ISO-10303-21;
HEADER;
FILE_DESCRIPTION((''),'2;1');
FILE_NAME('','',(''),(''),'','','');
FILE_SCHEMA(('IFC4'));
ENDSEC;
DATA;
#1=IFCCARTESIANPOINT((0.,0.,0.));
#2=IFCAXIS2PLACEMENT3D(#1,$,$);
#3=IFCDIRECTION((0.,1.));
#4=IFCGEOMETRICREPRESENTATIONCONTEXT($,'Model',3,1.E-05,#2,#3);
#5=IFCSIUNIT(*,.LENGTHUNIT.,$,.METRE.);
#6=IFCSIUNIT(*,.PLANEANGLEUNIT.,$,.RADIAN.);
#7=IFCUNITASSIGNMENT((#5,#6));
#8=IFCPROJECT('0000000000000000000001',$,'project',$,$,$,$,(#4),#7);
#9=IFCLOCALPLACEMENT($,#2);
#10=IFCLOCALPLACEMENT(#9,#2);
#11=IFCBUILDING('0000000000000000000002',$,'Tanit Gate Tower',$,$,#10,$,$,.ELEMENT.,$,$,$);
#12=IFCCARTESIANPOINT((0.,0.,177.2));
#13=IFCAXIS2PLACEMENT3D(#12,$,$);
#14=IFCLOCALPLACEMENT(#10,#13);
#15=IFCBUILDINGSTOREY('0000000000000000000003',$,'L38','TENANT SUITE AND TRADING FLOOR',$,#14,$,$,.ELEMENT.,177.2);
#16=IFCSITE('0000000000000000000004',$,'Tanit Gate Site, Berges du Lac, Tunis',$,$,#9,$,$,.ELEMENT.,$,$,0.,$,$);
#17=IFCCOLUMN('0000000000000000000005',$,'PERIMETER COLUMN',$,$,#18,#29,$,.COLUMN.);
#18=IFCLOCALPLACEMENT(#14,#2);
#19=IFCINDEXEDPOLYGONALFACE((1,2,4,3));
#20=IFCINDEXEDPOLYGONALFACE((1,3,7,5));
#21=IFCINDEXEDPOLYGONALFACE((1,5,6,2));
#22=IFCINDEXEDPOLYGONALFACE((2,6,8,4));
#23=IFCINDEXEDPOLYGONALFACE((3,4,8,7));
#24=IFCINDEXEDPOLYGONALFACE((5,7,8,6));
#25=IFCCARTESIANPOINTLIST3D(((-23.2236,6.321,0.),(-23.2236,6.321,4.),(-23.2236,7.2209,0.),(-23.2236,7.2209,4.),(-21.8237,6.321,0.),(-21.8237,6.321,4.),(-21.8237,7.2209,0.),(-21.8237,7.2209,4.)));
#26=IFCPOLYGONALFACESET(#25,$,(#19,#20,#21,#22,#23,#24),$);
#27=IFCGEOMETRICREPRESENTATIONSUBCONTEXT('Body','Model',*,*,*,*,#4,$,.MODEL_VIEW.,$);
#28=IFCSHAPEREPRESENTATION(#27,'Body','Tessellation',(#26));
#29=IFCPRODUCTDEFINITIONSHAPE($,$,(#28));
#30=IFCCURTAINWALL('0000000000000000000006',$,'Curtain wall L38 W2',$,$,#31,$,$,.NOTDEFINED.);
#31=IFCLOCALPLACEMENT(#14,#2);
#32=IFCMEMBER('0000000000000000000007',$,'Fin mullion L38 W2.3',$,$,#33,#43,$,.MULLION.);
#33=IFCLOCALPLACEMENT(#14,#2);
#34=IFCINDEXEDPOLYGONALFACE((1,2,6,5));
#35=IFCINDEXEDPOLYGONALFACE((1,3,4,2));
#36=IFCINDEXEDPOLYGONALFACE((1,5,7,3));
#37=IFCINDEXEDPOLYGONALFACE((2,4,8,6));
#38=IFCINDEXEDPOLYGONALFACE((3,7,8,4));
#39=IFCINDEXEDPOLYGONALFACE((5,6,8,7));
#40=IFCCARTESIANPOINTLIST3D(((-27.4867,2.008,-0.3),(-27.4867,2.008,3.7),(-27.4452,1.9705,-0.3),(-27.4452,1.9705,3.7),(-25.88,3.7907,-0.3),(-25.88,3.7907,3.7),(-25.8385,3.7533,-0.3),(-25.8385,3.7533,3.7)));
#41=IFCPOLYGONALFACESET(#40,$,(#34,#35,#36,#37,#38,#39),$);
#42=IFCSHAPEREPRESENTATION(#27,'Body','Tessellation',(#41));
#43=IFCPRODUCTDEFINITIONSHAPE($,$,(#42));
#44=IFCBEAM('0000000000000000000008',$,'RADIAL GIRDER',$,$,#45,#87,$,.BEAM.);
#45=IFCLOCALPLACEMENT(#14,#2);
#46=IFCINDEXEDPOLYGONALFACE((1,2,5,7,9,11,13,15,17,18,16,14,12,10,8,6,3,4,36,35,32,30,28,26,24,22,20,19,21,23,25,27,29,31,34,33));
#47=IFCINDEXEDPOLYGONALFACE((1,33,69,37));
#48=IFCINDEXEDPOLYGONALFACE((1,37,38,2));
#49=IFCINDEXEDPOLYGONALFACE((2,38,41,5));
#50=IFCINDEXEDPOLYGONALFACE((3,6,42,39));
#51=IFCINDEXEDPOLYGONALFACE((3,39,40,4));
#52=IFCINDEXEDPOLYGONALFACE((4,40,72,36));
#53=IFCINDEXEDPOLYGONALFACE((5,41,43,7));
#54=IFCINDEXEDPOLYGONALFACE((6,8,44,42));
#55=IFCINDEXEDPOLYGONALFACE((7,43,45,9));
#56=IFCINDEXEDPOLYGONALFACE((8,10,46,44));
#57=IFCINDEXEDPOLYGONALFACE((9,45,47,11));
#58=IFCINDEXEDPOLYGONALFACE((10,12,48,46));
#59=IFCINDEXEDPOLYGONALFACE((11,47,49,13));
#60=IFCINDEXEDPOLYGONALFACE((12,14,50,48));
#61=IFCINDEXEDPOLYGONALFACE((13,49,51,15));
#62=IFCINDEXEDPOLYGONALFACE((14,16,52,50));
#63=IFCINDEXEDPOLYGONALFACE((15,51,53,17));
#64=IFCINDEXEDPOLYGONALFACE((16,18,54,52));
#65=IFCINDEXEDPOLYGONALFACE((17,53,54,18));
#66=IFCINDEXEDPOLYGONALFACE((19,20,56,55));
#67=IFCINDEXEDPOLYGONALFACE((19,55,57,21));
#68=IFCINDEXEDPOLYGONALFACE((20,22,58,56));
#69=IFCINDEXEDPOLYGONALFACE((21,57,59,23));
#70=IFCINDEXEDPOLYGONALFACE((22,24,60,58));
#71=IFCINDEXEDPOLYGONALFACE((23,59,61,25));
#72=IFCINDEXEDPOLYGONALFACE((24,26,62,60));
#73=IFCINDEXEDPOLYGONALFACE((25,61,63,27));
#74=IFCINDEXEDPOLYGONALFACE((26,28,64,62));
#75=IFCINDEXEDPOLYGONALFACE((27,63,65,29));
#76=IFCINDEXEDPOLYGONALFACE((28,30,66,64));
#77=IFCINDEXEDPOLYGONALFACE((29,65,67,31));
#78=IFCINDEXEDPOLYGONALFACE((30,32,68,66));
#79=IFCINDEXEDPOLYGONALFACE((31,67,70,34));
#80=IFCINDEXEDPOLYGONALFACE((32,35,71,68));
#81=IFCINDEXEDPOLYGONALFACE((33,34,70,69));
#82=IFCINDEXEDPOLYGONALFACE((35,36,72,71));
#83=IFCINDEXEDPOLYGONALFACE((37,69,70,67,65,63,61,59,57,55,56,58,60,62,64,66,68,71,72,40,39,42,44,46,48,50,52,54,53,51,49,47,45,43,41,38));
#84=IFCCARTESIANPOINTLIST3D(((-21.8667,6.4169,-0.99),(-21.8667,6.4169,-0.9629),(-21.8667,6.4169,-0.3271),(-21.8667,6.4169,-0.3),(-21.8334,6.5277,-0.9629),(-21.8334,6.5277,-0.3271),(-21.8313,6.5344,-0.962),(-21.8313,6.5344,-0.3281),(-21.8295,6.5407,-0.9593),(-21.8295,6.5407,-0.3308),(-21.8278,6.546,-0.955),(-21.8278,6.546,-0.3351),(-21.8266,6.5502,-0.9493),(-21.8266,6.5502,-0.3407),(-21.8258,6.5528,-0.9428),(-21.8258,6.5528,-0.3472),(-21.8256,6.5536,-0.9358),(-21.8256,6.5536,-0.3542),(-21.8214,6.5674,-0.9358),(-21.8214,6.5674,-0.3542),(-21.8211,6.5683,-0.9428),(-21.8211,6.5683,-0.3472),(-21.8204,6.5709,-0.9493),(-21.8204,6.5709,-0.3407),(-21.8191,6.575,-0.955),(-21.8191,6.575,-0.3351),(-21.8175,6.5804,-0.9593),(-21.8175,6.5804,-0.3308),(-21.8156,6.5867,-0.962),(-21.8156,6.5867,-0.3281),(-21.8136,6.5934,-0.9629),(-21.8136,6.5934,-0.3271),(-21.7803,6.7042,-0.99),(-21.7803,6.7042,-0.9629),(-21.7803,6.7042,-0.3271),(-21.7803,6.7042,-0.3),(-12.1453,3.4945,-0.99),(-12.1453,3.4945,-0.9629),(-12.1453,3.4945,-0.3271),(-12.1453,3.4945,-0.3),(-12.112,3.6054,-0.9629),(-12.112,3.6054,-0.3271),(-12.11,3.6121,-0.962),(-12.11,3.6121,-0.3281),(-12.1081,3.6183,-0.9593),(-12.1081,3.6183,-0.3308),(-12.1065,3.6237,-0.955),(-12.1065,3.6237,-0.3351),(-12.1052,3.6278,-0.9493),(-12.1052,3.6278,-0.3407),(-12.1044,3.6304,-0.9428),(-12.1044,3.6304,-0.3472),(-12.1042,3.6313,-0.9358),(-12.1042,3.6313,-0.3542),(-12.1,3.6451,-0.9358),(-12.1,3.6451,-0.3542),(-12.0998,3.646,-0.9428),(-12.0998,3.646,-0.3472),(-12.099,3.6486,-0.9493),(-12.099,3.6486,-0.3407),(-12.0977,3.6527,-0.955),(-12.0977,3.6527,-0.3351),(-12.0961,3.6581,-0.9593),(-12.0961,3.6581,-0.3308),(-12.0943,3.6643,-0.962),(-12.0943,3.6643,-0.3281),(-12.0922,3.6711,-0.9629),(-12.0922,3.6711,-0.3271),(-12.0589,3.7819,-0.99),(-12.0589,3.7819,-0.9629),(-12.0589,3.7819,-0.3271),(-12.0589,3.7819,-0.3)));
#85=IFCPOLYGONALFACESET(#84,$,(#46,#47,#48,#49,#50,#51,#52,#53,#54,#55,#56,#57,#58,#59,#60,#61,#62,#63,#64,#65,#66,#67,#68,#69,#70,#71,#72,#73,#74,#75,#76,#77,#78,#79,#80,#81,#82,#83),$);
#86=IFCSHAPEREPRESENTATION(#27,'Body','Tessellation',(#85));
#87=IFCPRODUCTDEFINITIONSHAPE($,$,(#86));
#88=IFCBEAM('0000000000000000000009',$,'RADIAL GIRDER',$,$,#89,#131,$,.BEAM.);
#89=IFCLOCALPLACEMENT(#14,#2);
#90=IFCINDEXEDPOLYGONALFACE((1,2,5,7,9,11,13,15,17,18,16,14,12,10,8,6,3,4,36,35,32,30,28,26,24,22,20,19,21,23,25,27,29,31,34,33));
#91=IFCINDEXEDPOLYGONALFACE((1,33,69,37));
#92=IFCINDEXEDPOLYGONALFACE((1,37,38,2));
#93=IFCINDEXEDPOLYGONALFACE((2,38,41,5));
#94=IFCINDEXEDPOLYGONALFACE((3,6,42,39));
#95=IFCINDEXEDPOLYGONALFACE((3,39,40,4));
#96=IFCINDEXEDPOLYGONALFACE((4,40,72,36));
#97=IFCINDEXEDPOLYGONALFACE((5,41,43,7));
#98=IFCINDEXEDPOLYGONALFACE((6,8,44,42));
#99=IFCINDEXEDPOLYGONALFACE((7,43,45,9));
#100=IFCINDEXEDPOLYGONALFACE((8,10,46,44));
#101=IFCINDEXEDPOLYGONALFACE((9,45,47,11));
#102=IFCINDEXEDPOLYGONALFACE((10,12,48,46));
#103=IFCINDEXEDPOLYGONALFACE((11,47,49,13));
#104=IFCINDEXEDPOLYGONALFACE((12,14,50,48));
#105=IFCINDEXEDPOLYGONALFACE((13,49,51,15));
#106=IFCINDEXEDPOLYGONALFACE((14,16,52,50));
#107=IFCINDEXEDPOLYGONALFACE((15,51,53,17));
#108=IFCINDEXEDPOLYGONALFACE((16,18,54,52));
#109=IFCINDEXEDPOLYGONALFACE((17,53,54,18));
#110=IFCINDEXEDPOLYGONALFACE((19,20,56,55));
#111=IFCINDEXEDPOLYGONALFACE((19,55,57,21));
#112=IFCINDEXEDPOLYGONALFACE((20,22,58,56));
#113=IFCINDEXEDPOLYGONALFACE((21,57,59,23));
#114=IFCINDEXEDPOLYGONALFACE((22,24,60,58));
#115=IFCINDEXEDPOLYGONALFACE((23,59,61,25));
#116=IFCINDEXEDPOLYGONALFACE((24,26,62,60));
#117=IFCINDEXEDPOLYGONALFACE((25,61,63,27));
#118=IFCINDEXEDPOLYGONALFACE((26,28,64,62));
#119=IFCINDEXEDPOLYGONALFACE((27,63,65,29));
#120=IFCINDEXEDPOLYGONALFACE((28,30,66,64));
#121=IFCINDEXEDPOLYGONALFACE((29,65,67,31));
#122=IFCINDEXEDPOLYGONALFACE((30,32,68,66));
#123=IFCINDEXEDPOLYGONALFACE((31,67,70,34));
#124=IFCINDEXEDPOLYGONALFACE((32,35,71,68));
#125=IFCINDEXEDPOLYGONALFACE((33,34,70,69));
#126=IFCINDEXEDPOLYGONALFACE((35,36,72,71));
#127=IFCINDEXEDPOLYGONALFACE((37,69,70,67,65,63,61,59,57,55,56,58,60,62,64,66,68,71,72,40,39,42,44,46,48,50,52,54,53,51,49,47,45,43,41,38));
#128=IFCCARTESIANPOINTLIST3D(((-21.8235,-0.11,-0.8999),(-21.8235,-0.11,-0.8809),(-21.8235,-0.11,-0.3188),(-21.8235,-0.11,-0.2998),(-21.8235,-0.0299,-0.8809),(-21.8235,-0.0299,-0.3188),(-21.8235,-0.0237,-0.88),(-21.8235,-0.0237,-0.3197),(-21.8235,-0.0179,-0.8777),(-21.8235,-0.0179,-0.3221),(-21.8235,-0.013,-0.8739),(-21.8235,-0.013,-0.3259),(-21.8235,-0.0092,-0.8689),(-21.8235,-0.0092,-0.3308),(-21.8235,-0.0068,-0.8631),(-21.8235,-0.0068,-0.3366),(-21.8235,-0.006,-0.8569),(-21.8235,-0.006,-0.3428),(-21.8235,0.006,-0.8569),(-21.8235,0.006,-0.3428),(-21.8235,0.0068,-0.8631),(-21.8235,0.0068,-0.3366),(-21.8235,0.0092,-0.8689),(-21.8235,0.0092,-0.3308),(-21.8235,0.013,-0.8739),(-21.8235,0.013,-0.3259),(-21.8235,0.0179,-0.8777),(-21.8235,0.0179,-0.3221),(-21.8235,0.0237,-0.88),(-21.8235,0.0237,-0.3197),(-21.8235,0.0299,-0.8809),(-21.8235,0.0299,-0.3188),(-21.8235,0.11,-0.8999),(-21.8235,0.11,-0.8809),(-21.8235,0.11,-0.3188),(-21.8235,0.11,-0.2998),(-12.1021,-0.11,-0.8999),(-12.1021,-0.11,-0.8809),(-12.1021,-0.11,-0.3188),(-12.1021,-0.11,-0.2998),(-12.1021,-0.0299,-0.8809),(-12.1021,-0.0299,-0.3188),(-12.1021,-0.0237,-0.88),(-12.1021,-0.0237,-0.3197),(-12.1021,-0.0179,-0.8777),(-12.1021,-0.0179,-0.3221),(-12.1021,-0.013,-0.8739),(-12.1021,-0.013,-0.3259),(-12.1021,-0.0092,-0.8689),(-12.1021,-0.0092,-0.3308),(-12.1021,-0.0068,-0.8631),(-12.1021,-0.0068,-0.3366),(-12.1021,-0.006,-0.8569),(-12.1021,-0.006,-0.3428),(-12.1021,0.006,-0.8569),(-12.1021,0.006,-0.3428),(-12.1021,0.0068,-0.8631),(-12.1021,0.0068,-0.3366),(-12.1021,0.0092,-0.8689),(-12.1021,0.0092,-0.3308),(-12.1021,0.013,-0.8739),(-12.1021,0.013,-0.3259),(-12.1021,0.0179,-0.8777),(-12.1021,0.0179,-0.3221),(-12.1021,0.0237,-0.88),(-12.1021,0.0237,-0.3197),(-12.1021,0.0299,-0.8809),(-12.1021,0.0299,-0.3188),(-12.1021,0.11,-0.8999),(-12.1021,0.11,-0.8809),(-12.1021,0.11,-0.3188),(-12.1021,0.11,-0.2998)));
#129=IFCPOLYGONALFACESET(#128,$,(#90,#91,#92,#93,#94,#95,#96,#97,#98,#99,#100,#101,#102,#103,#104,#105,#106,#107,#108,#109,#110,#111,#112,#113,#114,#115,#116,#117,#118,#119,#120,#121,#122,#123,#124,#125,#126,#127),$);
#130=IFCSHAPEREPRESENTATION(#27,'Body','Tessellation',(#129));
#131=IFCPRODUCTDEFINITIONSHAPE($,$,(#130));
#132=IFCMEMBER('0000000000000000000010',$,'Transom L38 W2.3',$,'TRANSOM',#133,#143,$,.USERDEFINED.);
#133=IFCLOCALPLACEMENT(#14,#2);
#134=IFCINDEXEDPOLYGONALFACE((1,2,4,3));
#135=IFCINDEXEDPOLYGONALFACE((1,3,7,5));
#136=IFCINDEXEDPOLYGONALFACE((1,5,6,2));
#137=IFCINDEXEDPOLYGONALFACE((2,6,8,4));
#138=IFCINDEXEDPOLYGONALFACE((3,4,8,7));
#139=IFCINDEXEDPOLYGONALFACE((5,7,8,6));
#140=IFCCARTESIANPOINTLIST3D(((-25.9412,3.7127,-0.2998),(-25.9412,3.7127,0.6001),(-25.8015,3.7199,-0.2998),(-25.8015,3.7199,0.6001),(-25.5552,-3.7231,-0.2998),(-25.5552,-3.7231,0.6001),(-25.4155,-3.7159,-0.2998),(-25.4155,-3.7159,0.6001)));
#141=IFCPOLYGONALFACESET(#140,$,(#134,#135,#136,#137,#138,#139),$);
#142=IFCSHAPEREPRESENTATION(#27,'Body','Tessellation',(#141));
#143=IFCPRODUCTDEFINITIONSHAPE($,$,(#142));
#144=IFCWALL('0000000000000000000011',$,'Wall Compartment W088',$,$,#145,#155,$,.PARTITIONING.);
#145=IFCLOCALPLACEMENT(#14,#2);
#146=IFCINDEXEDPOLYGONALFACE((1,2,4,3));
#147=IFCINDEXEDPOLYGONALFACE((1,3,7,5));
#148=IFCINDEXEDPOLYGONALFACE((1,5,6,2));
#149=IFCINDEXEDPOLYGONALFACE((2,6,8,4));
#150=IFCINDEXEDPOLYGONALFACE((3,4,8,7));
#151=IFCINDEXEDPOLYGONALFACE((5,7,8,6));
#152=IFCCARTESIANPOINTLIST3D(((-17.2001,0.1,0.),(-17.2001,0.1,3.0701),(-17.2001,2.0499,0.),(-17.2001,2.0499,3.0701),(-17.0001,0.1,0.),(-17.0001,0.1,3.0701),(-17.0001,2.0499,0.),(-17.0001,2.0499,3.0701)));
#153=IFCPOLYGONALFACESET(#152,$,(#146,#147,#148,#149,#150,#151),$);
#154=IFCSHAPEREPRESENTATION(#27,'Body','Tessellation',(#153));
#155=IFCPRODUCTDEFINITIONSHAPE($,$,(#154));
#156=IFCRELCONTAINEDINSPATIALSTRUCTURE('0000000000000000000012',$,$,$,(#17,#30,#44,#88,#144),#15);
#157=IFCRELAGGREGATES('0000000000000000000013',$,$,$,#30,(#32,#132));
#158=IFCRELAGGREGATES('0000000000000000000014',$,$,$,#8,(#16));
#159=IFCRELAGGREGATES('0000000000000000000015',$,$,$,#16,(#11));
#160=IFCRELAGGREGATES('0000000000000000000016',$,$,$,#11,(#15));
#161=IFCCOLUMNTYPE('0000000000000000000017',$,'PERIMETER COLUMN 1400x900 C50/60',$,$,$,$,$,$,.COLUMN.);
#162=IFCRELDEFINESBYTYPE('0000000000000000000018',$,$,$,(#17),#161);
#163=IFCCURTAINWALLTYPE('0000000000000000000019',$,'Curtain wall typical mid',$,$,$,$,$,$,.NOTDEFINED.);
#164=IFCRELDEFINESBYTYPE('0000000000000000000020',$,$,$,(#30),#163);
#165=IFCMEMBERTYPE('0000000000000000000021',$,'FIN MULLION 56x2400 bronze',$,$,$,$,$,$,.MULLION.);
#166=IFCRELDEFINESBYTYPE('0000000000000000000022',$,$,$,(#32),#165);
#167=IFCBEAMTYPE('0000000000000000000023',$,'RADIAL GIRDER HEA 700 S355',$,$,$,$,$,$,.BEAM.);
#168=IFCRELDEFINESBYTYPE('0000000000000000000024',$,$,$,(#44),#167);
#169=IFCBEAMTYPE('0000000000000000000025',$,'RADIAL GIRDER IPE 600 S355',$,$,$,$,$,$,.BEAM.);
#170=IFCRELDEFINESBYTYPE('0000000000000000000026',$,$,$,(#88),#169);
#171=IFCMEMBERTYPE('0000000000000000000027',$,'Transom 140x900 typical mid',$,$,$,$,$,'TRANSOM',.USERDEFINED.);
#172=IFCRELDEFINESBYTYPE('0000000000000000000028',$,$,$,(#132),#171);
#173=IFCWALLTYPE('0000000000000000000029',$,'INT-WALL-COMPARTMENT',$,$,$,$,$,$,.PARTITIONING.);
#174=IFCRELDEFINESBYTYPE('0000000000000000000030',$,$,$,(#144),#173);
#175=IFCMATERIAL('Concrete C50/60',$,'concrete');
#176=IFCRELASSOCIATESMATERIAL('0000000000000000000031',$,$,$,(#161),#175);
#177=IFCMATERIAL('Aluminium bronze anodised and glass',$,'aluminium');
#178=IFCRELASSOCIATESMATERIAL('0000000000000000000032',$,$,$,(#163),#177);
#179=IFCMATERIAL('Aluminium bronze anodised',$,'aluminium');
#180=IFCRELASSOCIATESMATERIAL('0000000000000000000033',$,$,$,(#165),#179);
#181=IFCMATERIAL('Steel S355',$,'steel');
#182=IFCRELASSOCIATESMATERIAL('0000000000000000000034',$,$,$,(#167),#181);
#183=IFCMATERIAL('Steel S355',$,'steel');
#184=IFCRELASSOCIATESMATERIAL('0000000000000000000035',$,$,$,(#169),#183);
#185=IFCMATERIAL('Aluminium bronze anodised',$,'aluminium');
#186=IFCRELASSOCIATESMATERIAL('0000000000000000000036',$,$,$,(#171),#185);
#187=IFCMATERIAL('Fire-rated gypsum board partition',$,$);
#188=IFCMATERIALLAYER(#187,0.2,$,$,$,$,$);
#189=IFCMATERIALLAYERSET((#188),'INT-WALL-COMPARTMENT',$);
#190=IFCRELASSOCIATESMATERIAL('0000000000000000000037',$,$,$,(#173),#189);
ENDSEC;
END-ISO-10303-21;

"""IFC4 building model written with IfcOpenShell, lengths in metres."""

from ifc_helpers import new_model, si_unit, direction, frame, frame_2d, origin, origin_2d, place, context, subcontext, project, spatial, rectangle, i_section, extrude, material, layer, layer_set, material_profile, profile_set, type_object, element, aggregate, save


model = new_model("IFC4")

# Units and contexts
model_context = context("Model", 3, precision=1e-05, world=origin(), true_north=direction((0.0, 1.0)))
body_context = subcontext(model_context, "Body", "Model", "MODEL_VIEW")
ifc_project = project(units=[si_unit("LENGTHUNIT", "METRE"), si_unit("PLANEANGLEUNIT", "RADIAN")], contexts=[model_context])

# Site, building, storey
site_placement = place(None, origin())
site = spatial("IfcSite", under=ifc_project, at=site_placement, Name="Tanit Gate Site, Berges du Lac, Tunis", CompositionType="ELEMENT", RefElevation=0.0)
building_placement = place(site_placement, origin())
building = spatial("IfcBuilding", under=site, at=building_placement, Name="Tanit Gate Tower", CompositionType="ELEMENT")
storey_placement = place(building_placement, frame((0.0, 0.0, 177.2)))
storey = spatial("IfcBuildingStorey", under=building, at=storey_placement, Name="L38", Description="TENANT SUITE AND TRADING FLOOR", CompositionType="ELEMENT", Elevation=177.2)

# Column
ifc_material_1 = material(Name="Concrete C50/60", Category="concrete")
ifc_material_profile_1 = material_profile(ifc_material_1, rectangle(XDim=1.3999, YDim=0.8999, at=origin_2d()), Name="RC 1400x900")
ifc_profile_set_1 = profile_set([ifc_material_profile_1], Name="Concrete C50/60")
column_type = type_object("IfcColumnType", Name="PERIMETER COLUMN 1400x900 C50/60", PredefinedType="COLUMN", material=ifc_profile_set_1)
column_placement = place(storey_placement, frame((-22.5237, 6.771, 0.0), z_axis=(0.0, 0.0, 1.0), x_axis=(-1.0, 0.0, 0.0)))
element("IfcColumn", 1, at=column_placement, inside=storey, type_object=column_type, Name="PERIMETER COLUMN", PredefinedType="COLUMN", context=body_context, shape_type="SweptSolid", body=[
    extrude(rectangle(XDim=1.3999, YDim=0.8999, at=origin_2d()), origin(), (0.0, 0.0, 1.0), 4.0),
])

# Curtain wall, member
ifc_material_2 = material(Name="Aluminium bronze anodised and glass", Category="aluminium")
curtain_wall_type = type_object("IfcCurtainWallType", Name="Curtain wall typical mid", PredefinedType="NOTDEFINED", material=ifc_material_2)
curtain_wall_placement = place(storey_placement, origin())
curtain_wall = element("IfcCurtainWall", 2, at=curtain_wall_placement, inside=storey, type_object=curtain_wall_type, Name="Curtain wall L38 W2", PredefinedType="NOTDEFINED")
ifc_material_3 = material(Name="Aluminium bronze anodised", Category="aluminium")
ifc_material_profile_2 = material_profile(ifc_material_3, rectangle(XDim=2.3999, YDim=0.0559, at=origin_2d()), Name="56x2400 bronze fin mullion")
ifc_profile_set_2 = profile_set([ifc_material_profile_2], Name="Aluminium bronze anodised")
member_type_1 = type_object("IfcMemberType", Name="FIN MULLION 56x2400 bronze", PredefinedType="MULLION", material=ifc_profile_set_2)
member_1_placement = place(storey_placement, frame((-26.6626, 2.8806, -0.3), z_axis=(0.0, 0.0, 1.0), x_axis=(0.669481, 0.742829, 0.0)))
member_1 = element("IfcMember", 3, at=member_1_placement, type_object=member_type_1, Name="Fin mullion L38 W2.3", PredefinedType="MULLION", context=body_context, shape_type="SweptSolid", body=[
    extrude(rectangle(XDim=2.3999, YDim=0.0559, at=origin_2d()), origin(), (0.0, 0.0, 1.0), 4.0),
])

# Beams
ifc_material_4 = material(Name="Steel S355", Category="steel")
ifc_material_profile_3 = material_profile(ifc_material_4, i_section(OverallWidth=0.3, OverallDepth=0.6899, WebThickness=0.0144, FlangeThickness=0.0271, FilletRadius=0.0271, at=origin_2d()), Name="HEA 700")
ifc_profile_set_3 = profile_set([ifc_material_profile_3], Name="Steel S355")
beam_type_1 = type_object("IfcBeamType", Name="RADIAL GIRDER HEA 700 S355", PredefinedType="BEAM", material=ifc_profile_set_3)
beam_1_placement = place(storey_placement, frame((-21.8235, 6.5605, -0.645), z_axis=(0.957665, -0.287884, 0.0), x_axis=(0.287884, 0.957665, 0.0)))
element("IfcBeam", 4, at=beam_1_placement, inside=storey, type_object=beam_type_1, Name="RADIAL GIRDER", PredefinedType="BEAM", context=body_context, shape_type="SweptSolid", body=[
    extrude(i_section(OverallWidth=0.3, OverallDepth=0.6899, WebThickness=0.0144, FlangeThickness=0.0271, FilletRadius=0.0271, at=origin_2d()), origin(), (0.0, 0.0, 1.0), 10.1511),
])
ifc_material_5 = material(Name="Steel S355", Category="steel")
ifc_material_profile_4 = material_profile(ifc_material_5, i_section(OverallWidth=0.22, OverallDepth=0.6001, WebThickness=0.012, FlangeThickness=0.019, FilletRadius=0.0239, at=origin_2d()), Name="IPE 600")
ifc_profile_set_4 = profile_set([ifc_material_profile_4], Name="Steel S355")
beam_type_2 = type_object("IfcBeamType", Name="RADIAL GIRDER IPE 600 S355", PredefinedType="BEAM", material=ifc_profile_set_4)
beam_2_placement = place(storey_placement, frame((-21.8235, 0.0, -0.5999), z_axis=(1.0, 0.0, 0.0), x_axis=(0.0, 1.0, 0.0)))
element("IfcBeam", 5, at=beam_2_placement, inside=storey, type_object=beam_type_2, Name="RADIAL GIRDER", PredefinedType="BEAM", context=body_context, shape_type="SweptSolid", body=[
    extrude(i_section(OverallWidth=0.22, OverallDepth=0.6001, WebThickness=0.012, FlangeThickness=0.019, FilletRadius=0.0239, at=origin_2d()), origin(), (0.0, 0.0, 1.0), 9.7214),
])

# Member
ifc_material_6 = material(Name="Aluminium bronze anodised", Category="aluminium")
ifc_material_profile_5 = material_profile(ifc_material_6, rectangle(XDim=0.1399, YDim=0.8999, at=origin_2d()), Name="140x900 bronze transom")
ifc_profile_set_5 = profile_set([ifc_material_profile_5], Name="Aluminium bronze anodised")
member_type_2 = type_object("IfcMemberType", Name="Transom 140x900 typical mid", ElementType="TRANSOM", PredefinedType="USERDEFINED", material=ifc_profile_set_5)
member_2_placement = place(storey_placement, frame((-25.8713, 3.7163, 0.1501), z_axis=(0.051839, -0.998655, 0.0), x_axis=(0.998655, 0.051839, 0.0)))
member_2 = element("IfcMember", 6, at=member_2_placement, type_object=member_type_2, Name="Transom L38 W2.3", ObjectType="TRANSOM", PredefinedType="USERDEFINED", context=body_context, shape_type="SweptSolid", body=[
    extrude(rectangle(XDim=0.1399, YDim=0.8999, at=origin_2d()), origin(), (0.0, 0.0, 1.0), 7.4458),
])
aggregate(curtain_wall, [member_1, member_2])

# Wall
ifc_material_7 = material(Name="Fire-rated gypsum board partition")
ifc_layer_1 = layer(ifc_material_7, 0.2)
ifc_layer_set_1 = layer_set([ifc_layer_1], Name="INT-WALL-COMPARTMENT")
wall_type_1 = type_object("IfcWallType", Name="INT-WALL-COMPARTMENT", PredefinedType="PARTITIONING", material=ifc_layer_set_1)
wall_1_placement = place(storey_placement, frame((-17.1001, 2.05, 0.0), z_axis=(0.0, 0.0, 1.0), x_axis=(0.0, -1.0, 0.0)))
element("IfcWall", 7, at=wall_1_placement, inside=storey, type_object=wall_type_1, Name="Wall Compartment W088", PredefinedType="PARTITIONING", context=body_context, shape_type="SweptSolid", body=[
    extrude(rectangle(XDim=1.95, YDim=0.2, at=frame_2d((0.9751, 0.0))), origin(), (0.0, 0.0, 1.0), 3.0701),
])

save(model, "model.ifc")
